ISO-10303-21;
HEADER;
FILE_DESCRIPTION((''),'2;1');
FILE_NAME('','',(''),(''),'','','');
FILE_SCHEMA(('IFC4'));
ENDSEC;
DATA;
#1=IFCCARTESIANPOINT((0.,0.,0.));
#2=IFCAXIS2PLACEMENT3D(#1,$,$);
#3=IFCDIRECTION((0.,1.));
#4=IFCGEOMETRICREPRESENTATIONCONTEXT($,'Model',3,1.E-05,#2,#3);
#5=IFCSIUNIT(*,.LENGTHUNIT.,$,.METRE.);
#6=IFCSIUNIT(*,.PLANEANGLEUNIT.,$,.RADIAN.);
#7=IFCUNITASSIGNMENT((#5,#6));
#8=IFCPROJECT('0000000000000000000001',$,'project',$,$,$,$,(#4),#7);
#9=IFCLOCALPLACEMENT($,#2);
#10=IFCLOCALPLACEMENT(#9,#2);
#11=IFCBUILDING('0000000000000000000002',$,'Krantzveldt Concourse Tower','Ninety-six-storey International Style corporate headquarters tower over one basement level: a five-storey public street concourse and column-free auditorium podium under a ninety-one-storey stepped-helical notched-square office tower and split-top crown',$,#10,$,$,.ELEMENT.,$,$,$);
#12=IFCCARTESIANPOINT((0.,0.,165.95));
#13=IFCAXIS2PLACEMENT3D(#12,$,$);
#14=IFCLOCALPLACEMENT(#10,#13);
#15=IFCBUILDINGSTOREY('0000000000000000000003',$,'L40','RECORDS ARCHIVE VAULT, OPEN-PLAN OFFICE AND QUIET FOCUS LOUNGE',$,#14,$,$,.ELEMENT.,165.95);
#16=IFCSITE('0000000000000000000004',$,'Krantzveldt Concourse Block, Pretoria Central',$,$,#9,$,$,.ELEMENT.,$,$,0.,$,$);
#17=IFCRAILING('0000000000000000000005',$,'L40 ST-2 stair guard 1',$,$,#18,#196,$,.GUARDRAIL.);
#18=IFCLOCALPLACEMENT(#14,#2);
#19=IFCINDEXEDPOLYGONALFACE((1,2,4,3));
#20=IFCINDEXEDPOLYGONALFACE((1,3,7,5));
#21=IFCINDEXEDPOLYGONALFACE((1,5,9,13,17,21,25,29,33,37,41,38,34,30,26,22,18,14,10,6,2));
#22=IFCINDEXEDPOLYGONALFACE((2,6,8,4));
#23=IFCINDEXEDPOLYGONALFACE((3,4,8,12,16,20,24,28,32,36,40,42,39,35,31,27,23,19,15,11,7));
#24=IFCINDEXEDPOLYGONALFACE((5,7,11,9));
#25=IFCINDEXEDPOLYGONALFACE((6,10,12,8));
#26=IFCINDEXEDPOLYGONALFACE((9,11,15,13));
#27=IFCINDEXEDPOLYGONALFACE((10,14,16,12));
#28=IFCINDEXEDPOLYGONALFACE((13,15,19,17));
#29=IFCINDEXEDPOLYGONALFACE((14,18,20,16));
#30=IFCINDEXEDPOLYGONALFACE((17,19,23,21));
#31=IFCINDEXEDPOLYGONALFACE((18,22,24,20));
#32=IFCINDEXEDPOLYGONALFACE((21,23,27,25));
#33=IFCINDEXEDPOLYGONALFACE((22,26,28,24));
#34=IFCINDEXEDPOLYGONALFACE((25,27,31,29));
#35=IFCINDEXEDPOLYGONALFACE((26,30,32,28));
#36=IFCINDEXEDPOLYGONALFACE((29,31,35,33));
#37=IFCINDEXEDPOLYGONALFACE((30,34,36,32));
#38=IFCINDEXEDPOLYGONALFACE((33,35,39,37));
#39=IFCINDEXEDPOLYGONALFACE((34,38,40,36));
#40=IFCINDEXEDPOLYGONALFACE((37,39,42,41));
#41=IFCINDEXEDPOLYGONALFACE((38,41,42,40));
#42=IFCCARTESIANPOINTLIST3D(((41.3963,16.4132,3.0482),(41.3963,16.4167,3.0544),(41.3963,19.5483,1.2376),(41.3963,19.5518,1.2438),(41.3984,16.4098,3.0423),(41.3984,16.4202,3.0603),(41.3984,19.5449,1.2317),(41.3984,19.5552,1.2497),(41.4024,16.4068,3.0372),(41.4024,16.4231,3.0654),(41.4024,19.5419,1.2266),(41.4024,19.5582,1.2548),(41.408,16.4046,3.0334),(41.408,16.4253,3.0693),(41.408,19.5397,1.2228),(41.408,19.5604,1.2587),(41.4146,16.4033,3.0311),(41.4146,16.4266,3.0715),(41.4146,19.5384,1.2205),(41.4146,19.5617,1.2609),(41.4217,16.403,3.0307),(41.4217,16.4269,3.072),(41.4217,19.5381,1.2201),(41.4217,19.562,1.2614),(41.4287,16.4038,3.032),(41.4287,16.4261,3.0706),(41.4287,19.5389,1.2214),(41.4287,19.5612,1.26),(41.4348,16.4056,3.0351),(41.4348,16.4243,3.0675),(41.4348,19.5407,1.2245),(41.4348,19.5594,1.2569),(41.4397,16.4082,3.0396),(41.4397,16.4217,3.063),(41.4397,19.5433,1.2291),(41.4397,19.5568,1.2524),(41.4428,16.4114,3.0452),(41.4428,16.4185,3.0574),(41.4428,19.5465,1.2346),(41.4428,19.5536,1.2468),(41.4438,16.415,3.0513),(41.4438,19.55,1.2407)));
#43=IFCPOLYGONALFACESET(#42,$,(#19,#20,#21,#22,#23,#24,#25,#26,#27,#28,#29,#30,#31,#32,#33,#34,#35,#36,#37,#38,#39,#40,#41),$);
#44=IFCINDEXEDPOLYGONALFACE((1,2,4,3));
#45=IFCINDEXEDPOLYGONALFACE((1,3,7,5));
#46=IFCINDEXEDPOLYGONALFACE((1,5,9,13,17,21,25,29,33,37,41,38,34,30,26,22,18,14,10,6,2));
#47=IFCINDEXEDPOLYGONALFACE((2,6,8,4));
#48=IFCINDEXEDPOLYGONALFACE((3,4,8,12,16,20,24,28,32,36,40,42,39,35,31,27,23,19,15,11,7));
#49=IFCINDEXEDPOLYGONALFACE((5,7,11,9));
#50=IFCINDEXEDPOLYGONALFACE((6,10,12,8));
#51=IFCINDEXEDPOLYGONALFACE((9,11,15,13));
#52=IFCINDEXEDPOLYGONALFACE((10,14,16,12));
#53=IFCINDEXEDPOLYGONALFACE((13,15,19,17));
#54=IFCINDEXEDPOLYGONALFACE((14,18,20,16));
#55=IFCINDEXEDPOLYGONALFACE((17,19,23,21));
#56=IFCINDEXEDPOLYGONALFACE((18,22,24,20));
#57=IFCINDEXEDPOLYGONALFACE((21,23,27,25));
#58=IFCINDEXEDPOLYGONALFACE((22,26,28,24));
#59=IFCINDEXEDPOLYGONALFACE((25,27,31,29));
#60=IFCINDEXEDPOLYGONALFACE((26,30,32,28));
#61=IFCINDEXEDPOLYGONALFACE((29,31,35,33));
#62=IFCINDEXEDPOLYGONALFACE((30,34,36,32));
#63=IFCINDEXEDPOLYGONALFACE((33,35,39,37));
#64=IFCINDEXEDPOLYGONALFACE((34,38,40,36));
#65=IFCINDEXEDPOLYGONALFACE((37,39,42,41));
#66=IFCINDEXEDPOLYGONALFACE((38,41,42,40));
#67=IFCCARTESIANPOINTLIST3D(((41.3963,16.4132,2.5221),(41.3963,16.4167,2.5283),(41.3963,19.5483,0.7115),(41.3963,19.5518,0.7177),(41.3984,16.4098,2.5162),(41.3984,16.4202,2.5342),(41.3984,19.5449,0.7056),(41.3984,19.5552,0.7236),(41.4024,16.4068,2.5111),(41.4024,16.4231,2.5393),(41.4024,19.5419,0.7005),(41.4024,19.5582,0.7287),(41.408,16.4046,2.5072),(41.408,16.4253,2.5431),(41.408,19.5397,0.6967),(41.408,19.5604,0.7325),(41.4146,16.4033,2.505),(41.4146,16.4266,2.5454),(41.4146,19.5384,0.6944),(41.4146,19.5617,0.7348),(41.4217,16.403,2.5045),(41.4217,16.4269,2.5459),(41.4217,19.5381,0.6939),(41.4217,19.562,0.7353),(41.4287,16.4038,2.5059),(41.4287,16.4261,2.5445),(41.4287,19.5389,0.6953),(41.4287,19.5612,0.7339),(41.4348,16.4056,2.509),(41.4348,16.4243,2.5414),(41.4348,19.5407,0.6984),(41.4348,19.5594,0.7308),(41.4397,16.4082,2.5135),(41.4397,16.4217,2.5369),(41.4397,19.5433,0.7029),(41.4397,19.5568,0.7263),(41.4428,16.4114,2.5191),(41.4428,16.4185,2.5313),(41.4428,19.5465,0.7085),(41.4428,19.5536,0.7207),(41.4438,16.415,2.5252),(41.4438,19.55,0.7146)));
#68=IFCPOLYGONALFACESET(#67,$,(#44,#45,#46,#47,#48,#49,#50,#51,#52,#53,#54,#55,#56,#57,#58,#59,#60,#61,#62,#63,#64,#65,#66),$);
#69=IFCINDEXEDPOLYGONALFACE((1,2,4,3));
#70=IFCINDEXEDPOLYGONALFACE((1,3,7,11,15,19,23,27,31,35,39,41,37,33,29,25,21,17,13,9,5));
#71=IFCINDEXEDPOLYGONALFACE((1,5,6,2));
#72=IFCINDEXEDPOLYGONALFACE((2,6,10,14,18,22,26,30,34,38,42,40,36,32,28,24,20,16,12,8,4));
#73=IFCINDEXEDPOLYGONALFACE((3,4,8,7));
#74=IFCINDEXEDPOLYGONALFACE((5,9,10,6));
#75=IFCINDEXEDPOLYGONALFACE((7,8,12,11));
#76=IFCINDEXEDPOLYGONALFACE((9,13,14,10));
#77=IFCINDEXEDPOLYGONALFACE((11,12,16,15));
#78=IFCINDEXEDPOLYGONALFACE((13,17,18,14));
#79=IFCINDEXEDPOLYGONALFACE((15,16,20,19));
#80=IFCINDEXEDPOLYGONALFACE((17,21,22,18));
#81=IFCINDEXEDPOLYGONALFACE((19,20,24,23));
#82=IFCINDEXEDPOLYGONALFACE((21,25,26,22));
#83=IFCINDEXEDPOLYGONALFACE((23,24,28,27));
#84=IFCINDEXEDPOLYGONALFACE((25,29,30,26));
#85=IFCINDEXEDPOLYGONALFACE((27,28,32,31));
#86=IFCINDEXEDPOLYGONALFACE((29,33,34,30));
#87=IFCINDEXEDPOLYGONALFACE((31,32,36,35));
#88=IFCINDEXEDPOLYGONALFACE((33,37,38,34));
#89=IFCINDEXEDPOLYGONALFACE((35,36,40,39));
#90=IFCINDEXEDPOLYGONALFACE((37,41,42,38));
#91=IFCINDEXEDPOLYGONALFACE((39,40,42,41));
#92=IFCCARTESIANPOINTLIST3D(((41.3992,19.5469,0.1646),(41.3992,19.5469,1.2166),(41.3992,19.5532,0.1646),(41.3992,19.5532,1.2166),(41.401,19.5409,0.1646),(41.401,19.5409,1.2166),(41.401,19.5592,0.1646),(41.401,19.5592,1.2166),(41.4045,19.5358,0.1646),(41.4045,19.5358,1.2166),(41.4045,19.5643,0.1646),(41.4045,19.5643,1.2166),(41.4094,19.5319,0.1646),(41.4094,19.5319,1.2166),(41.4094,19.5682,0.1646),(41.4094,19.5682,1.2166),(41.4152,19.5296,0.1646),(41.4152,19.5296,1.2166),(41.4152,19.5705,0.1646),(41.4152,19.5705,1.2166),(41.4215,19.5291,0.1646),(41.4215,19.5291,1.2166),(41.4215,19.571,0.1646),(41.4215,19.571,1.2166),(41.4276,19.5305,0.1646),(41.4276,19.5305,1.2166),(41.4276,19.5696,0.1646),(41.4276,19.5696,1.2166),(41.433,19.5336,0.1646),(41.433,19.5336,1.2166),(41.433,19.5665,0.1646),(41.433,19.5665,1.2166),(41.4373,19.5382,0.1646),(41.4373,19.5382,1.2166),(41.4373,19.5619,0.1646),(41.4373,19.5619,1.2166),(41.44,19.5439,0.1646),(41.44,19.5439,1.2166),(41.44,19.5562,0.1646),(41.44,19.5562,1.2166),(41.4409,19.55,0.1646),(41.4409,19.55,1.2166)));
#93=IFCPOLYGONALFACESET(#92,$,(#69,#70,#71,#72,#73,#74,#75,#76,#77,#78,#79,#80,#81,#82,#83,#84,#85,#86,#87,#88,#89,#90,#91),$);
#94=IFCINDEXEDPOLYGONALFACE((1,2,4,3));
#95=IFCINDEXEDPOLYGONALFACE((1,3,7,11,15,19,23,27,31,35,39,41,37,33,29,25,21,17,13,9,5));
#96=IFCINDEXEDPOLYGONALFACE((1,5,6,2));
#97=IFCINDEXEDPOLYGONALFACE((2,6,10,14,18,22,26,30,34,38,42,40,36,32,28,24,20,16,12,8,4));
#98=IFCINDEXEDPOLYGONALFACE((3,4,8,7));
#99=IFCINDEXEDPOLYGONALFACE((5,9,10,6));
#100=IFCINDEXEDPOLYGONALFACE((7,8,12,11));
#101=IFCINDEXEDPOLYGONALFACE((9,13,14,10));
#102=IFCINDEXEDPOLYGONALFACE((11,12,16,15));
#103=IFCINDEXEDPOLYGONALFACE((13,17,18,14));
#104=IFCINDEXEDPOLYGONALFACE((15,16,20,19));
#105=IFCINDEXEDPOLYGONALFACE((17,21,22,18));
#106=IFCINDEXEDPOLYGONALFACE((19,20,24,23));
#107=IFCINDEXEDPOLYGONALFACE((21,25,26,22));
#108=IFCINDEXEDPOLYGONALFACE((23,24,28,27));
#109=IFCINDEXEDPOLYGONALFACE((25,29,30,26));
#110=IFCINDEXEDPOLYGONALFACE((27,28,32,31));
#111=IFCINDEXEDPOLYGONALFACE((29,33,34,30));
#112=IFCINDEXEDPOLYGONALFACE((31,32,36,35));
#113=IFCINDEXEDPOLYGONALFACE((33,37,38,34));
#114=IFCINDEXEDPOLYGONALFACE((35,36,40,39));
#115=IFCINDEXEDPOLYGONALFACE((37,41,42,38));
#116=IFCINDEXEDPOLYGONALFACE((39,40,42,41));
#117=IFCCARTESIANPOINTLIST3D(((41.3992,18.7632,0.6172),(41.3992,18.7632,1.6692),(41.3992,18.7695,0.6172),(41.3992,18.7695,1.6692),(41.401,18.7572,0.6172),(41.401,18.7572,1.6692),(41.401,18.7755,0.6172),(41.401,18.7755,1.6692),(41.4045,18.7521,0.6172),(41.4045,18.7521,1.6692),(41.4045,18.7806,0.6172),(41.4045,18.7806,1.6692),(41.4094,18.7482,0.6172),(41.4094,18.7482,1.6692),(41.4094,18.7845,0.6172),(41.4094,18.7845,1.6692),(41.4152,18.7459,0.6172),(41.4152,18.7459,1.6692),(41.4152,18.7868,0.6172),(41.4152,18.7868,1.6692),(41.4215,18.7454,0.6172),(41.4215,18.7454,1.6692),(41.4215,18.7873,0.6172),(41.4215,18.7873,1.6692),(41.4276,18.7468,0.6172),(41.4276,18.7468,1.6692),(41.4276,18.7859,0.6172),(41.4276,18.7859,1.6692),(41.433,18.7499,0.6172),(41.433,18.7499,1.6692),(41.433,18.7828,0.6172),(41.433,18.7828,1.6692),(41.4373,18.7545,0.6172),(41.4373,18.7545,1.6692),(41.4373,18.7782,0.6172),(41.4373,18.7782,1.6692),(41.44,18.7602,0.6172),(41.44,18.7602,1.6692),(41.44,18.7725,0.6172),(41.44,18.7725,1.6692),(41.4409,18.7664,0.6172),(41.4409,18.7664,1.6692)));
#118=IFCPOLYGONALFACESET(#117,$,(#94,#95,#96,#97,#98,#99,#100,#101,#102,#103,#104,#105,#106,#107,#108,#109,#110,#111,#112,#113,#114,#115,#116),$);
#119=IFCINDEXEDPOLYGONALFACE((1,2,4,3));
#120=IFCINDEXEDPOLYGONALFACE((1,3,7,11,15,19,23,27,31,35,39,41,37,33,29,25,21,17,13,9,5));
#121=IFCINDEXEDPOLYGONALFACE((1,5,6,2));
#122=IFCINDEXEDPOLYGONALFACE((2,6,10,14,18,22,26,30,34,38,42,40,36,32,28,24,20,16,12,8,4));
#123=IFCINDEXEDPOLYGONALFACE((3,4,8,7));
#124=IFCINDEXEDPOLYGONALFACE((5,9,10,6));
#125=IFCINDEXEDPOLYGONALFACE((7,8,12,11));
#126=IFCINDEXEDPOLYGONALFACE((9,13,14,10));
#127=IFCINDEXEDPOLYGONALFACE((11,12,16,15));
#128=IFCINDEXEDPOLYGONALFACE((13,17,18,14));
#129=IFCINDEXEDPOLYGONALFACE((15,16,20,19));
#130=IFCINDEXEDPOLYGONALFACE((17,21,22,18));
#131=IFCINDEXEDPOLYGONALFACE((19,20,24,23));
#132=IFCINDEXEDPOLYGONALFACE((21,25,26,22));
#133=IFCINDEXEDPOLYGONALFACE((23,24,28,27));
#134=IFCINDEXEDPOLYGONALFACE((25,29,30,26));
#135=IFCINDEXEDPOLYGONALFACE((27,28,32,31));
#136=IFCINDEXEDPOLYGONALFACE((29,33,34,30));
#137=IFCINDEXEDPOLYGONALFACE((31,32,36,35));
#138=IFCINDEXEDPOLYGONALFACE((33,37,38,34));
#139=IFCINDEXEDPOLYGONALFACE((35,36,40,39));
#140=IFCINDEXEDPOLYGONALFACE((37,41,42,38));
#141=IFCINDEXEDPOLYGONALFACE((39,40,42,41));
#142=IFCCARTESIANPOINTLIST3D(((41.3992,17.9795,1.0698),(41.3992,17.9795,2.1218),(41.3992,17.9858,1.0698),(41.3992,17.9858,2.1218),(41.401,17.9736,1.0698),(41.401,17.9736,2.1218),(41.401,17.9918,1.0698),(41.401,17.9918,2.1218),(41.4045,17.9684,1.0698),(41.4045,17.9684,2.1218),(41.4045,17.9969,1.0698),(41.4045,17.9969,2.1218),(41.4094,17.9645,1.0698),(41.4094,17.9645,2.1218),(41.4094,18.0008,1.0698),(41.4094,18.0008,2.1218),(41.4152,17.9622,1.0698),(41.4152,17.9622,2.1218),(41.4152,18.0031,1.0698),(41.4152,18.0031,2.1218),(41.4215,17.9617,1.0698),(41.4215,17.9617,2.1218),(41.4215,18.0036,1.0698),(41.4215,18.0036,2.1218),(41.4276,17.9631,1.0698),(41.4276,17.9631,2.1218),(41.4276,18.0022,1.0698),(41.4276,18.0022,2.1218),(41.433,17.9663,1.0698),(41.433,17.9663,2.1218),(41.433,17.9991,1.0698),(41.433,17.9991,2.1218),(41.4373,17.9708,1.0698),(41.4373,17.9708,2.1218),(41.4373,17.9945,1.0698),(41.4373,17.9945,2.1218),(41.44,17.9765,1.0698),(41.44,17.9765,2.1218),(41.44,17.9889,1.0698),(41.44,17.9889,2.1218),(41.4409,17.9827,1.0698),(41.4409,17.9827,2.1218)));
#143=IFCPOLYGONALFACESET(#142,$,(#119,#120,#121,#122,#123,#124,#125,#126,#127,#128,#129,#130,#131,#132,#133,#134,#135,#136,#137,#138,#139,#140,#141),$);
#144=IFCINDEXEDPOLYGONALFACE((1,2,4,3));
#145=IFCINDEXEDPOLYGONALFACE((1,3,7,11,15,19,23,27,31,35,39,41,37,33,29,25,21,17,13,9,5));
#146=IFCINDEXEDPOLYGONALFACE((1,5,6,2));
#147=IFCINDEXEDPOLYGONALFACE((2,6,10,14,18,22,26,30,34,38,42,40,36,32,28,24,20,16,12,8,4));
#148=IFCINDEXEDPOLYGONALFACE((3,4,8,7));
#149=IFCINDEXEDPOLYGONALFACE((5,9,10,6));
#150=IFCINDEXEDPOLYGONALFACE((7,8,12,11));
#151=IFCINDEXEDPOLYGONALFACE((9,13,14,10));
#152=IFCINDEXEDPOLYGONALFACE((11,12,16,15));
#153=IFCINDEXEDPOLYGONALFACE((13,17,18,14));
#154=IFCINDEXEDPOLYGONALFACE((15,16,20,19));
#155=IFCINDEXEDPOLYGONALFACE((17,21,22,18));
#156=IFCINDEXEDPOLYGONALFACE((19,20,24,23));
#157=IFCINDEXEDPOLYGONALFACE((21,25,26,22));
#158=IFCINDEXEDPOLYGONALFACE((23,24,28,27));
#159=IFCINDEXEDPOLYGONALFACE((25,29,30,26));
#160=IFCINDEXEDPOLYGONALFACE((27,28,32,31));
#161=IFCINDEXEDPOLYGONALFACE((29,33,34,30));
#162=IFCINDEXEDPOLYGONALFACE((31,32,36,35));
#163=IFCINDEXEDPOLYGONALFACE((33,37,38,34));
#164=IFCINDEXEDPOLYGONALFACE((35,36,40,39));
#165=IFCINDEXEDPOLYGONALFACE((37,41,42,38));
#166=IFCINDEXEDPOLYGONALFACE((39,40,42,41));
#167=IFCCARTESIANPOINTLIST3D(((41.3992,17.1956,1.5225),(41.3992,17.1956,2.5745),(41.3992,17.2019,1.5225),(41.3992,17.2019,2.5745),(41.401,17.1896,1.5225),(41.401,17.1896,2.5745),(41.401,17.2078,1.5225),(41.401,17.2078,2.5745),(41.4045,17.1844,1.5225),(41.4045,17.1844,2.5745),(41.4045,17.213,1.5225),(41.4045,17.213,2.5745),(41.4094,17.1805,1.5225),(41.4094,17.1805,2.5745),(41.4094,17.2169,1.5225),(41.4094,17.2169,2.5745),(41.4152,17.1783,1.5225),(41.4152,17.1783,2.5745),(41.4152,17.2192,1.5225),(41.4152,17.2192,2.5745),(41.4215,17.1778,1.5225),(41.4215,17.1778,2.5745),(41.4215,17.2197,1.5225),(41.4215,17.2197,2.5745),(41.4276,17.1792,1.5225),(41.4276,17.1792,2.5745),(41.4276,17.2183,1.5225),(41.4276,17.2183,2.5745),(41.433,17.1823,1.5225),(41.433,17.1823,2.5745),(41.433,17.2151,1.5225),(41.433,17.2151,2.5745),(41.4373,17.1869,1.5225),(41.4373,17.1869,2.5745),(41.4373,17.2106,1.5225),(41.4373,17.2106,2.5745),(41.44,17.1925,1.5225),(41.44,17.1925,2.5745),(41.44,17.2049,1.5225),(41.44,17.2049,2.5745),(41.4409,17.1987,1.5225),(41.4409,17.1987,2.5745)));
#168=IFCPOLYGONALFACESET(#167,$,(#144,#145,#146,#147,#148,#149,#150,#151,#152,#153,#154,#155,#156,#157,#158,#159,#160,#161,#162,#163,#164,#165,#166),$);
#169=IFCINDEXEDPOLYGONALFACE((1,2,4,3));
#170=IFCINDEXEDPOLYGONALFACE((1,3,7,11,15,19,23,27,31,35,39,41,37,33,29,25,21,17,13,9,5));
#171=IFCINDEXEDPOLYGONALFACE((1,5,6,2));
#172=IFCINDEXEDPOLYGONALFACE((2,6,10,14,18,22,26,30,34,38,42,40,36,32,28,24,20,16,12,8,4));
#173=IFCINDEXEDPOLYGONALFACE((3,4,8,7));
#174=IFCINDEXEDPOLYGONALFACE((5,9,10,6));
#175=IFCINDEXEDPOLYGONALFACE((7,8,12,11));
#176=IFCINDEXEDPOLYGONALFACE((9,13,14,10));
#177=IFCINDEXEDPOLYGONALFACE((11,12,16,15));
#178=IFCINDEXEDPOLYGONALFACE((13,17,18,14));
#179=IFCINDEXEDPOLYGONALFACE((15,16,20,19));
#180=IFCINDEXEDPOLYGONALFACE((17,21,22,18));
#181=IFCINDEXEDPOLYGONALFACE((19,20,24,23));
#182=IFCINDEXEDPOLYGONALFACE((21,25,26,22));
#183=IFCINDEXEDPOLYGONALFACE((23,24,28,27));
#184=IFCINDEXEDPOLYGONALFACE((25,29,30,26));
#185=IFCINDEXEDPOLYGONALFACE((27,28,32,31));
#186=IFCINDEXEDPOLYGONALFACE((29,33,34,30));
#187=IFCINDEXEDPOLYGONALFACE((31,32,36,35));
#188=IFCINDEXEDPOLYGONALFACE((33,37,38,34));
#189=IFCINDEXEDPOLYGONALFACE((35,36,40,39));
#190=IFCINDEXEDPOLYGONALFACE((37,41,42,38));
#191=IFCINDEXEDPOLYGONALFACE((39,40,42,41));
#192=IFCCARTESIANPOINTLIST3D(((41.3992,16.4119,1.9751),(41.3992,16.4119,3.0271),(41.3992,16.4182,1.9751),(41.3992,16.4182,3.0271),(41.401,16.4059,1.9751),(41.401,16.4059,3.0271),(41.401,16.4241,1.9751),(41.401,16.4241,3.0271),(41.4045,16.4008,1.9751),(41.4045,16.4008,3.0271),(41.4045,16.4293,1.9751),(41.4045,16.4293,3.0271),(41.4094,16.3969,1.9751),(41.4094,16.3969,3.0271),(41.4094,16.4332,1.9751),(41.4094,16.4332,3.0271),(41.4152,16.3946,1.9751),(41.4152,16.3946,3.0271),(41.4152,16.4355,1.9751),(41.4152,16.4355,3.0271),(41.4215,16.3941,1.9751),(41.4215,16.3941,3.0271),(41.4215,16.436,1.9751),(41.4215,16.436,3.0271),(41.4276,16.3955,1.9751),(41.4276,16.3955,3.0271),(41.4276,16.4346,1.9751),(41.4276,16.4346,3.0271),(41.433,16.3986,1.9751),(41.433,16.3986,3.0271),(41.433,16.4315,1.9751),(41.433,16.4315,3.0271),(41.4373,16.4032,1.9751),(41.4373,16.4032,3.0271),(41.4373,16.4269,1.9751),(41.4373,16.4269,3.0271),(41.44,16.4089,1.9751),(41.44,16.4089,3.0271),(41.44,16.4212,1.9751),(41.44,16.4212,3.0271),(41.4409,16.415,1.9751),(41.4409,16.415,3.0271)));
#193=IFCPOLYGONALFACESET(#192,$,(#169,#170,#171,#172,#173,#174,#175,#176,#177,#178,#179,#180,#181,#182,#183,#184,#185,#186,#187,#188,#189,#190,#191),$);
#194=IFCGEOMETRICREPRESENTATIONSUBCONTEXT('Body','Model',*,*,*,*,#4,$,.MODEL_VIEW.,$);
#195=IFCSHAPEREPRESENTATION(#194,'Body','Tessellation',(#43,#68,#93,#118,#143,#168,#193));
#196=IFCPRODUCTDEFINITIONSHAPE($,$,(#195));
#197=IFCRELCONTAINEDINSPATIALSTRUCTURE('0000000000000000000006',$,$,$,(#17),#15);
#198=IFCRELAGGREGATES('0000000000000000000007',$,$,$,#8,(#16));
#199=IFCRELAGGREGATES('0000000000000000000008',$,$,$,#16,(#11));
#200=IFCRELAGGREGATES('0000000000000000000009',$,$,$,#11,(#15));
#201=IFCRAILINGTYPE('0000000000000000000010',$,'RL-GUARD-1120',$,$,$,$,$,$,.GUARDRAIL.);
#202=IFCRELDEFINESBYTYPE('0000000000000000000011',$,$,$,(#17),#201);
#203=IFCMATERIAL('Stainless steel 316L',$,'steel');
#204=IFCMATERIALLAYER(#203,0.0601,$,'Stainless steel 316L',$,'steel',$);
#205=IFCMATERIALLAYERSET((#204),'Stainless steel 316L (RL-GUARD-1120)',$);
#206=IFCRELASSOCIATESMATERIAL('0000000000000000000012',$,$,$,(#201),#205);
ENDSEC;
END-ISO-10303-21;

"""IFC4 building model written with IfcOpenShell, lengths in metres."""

from ifc_helpers import new_model, si_unit, direction, frame, origin, origin_2d, place, context, subcontext, project, spatial, circle, extrude, material, layer, layer_set, type_object, element, save


model = new_model("IFC4")

# Units and contexts
model_context = context("Model", 3, precision=1e-05, world=origin(), true_north=direction((0.0, 1.0)))
body_context = subcontext(model_context, "Body", "Model", "MODEL_VIEW")
ifc_project = project(units=[si_unit("LENGTHUNIT", "METRE"), si_unit("PLANEANGLEUNIT", "RADIAN")], contexts=[model_context])

# Site, building, storey
site_placement = place(None, origin())
site = spatial("IfcSite", under=ifc_project, at=site_placement, Name="Krantzveldt Concourse Block, Pretoria Central", CompositionType="ELEMENT", RefElevation=0.0)
building_placement = place(site_placement, origin())
building = spatial("IfcBuilding", under=site, at=building_placement, Name="Krantzveldt Concourse Tower", Description="Ninety-six-storey International Style corporate headquarters tower over one basement level: a five-storey public street concourse and column-free auditorium podium under a ninety-one-storey stepped-helical notched-square office tower and split-top crown", CompositionType="ELEMENT")
storey_placement = place(building_placement, frame((0.0, 0.0, 165.95)))
storey = spatial("IfcBuildingStorey", under=building, at=storey_placement, Name="L40", Description="RECORDS ARCHIVE VAULT, OPEN-PLAN OFFICE AND QUIET FOCUS LOUNGE", CompositionType="ELEMENT", Elevation=165.95)

# Shared definitions
ifc_material_1 = material(Name="Stainless steel 316L", Category="steel")

# Railing
ifc_layer_1 = layer(ifc_material_1, 0.0601, Name="Stainless steel 316L", Category="steel")
ifc_layer_set_1 = layer_set([ifc_layer_1], Name="Stainless steel 316L (RL-GUARD-1120)")
railing_type_1 = type_object("IfcRailingType", Name="RL-GUARD-1120", PredefinedType="GUARDRAIL", material=ifc_layer_set_1)
railing_1_placement = place(storey_placement, frame((41.4199, 19.55, 0.1646)))
element("IfcRailing", 1, at=railing_1_placement, inside=storey, type_object=railing_type_1, Name="L40 ST-2 stair guard 1", PredefinedType="GUARDRAIL", context=body_context, shape_type="SweptSolid", body=[
    extrude(circle(Radius=0.0239, at=origin_2d()), frame((0.0, 0.0, 1.0762), z_axis=(0.0, -0.86596, 0.500114), x_axis=(1.0, 0.0, 0.0)), (0.0, 0.0, 1.0), 3.6204),
    extrude(circle(Radius=0.0239, at=origin_2d()), frame((0.0, 0.0, 0.55), z_axis=(0.0, -0.86596, 0.500114), x_axis=(1.0, 0.0, 0.0)), (0.0, 0.0, 1.0), 3.6204),
    extrude(circle(Radius=0.021, at=origin_2d()), origin(), (0.0, 0.0, 1.0), 1.052),
    extrude(circle(Radius=0.021, at=origin_2d()), frame((0.0, -0.7837, 0.4526)), (0.0, 0.0, 1.0), 1.052),
    extrude(circle(Radius=0.021, at=origin_2d()), frame((0.0, -1.5674, 0.9053)), (0.0, 0.0, 1.0), 1.052),
    extrude(circle(Radius=0.021, at=origin_2d()), frame((0.0, -2.3513, 1.3579)), (0.0, 0.0, 1.0), 1.052),
    extrude(circle(Radius=0.021, at=origin_2d()), frame((0.0, -3.135, 1.8105)), (0.0, 0.0, 1.0), 1.052),
])

save(model, "model.ifc")
